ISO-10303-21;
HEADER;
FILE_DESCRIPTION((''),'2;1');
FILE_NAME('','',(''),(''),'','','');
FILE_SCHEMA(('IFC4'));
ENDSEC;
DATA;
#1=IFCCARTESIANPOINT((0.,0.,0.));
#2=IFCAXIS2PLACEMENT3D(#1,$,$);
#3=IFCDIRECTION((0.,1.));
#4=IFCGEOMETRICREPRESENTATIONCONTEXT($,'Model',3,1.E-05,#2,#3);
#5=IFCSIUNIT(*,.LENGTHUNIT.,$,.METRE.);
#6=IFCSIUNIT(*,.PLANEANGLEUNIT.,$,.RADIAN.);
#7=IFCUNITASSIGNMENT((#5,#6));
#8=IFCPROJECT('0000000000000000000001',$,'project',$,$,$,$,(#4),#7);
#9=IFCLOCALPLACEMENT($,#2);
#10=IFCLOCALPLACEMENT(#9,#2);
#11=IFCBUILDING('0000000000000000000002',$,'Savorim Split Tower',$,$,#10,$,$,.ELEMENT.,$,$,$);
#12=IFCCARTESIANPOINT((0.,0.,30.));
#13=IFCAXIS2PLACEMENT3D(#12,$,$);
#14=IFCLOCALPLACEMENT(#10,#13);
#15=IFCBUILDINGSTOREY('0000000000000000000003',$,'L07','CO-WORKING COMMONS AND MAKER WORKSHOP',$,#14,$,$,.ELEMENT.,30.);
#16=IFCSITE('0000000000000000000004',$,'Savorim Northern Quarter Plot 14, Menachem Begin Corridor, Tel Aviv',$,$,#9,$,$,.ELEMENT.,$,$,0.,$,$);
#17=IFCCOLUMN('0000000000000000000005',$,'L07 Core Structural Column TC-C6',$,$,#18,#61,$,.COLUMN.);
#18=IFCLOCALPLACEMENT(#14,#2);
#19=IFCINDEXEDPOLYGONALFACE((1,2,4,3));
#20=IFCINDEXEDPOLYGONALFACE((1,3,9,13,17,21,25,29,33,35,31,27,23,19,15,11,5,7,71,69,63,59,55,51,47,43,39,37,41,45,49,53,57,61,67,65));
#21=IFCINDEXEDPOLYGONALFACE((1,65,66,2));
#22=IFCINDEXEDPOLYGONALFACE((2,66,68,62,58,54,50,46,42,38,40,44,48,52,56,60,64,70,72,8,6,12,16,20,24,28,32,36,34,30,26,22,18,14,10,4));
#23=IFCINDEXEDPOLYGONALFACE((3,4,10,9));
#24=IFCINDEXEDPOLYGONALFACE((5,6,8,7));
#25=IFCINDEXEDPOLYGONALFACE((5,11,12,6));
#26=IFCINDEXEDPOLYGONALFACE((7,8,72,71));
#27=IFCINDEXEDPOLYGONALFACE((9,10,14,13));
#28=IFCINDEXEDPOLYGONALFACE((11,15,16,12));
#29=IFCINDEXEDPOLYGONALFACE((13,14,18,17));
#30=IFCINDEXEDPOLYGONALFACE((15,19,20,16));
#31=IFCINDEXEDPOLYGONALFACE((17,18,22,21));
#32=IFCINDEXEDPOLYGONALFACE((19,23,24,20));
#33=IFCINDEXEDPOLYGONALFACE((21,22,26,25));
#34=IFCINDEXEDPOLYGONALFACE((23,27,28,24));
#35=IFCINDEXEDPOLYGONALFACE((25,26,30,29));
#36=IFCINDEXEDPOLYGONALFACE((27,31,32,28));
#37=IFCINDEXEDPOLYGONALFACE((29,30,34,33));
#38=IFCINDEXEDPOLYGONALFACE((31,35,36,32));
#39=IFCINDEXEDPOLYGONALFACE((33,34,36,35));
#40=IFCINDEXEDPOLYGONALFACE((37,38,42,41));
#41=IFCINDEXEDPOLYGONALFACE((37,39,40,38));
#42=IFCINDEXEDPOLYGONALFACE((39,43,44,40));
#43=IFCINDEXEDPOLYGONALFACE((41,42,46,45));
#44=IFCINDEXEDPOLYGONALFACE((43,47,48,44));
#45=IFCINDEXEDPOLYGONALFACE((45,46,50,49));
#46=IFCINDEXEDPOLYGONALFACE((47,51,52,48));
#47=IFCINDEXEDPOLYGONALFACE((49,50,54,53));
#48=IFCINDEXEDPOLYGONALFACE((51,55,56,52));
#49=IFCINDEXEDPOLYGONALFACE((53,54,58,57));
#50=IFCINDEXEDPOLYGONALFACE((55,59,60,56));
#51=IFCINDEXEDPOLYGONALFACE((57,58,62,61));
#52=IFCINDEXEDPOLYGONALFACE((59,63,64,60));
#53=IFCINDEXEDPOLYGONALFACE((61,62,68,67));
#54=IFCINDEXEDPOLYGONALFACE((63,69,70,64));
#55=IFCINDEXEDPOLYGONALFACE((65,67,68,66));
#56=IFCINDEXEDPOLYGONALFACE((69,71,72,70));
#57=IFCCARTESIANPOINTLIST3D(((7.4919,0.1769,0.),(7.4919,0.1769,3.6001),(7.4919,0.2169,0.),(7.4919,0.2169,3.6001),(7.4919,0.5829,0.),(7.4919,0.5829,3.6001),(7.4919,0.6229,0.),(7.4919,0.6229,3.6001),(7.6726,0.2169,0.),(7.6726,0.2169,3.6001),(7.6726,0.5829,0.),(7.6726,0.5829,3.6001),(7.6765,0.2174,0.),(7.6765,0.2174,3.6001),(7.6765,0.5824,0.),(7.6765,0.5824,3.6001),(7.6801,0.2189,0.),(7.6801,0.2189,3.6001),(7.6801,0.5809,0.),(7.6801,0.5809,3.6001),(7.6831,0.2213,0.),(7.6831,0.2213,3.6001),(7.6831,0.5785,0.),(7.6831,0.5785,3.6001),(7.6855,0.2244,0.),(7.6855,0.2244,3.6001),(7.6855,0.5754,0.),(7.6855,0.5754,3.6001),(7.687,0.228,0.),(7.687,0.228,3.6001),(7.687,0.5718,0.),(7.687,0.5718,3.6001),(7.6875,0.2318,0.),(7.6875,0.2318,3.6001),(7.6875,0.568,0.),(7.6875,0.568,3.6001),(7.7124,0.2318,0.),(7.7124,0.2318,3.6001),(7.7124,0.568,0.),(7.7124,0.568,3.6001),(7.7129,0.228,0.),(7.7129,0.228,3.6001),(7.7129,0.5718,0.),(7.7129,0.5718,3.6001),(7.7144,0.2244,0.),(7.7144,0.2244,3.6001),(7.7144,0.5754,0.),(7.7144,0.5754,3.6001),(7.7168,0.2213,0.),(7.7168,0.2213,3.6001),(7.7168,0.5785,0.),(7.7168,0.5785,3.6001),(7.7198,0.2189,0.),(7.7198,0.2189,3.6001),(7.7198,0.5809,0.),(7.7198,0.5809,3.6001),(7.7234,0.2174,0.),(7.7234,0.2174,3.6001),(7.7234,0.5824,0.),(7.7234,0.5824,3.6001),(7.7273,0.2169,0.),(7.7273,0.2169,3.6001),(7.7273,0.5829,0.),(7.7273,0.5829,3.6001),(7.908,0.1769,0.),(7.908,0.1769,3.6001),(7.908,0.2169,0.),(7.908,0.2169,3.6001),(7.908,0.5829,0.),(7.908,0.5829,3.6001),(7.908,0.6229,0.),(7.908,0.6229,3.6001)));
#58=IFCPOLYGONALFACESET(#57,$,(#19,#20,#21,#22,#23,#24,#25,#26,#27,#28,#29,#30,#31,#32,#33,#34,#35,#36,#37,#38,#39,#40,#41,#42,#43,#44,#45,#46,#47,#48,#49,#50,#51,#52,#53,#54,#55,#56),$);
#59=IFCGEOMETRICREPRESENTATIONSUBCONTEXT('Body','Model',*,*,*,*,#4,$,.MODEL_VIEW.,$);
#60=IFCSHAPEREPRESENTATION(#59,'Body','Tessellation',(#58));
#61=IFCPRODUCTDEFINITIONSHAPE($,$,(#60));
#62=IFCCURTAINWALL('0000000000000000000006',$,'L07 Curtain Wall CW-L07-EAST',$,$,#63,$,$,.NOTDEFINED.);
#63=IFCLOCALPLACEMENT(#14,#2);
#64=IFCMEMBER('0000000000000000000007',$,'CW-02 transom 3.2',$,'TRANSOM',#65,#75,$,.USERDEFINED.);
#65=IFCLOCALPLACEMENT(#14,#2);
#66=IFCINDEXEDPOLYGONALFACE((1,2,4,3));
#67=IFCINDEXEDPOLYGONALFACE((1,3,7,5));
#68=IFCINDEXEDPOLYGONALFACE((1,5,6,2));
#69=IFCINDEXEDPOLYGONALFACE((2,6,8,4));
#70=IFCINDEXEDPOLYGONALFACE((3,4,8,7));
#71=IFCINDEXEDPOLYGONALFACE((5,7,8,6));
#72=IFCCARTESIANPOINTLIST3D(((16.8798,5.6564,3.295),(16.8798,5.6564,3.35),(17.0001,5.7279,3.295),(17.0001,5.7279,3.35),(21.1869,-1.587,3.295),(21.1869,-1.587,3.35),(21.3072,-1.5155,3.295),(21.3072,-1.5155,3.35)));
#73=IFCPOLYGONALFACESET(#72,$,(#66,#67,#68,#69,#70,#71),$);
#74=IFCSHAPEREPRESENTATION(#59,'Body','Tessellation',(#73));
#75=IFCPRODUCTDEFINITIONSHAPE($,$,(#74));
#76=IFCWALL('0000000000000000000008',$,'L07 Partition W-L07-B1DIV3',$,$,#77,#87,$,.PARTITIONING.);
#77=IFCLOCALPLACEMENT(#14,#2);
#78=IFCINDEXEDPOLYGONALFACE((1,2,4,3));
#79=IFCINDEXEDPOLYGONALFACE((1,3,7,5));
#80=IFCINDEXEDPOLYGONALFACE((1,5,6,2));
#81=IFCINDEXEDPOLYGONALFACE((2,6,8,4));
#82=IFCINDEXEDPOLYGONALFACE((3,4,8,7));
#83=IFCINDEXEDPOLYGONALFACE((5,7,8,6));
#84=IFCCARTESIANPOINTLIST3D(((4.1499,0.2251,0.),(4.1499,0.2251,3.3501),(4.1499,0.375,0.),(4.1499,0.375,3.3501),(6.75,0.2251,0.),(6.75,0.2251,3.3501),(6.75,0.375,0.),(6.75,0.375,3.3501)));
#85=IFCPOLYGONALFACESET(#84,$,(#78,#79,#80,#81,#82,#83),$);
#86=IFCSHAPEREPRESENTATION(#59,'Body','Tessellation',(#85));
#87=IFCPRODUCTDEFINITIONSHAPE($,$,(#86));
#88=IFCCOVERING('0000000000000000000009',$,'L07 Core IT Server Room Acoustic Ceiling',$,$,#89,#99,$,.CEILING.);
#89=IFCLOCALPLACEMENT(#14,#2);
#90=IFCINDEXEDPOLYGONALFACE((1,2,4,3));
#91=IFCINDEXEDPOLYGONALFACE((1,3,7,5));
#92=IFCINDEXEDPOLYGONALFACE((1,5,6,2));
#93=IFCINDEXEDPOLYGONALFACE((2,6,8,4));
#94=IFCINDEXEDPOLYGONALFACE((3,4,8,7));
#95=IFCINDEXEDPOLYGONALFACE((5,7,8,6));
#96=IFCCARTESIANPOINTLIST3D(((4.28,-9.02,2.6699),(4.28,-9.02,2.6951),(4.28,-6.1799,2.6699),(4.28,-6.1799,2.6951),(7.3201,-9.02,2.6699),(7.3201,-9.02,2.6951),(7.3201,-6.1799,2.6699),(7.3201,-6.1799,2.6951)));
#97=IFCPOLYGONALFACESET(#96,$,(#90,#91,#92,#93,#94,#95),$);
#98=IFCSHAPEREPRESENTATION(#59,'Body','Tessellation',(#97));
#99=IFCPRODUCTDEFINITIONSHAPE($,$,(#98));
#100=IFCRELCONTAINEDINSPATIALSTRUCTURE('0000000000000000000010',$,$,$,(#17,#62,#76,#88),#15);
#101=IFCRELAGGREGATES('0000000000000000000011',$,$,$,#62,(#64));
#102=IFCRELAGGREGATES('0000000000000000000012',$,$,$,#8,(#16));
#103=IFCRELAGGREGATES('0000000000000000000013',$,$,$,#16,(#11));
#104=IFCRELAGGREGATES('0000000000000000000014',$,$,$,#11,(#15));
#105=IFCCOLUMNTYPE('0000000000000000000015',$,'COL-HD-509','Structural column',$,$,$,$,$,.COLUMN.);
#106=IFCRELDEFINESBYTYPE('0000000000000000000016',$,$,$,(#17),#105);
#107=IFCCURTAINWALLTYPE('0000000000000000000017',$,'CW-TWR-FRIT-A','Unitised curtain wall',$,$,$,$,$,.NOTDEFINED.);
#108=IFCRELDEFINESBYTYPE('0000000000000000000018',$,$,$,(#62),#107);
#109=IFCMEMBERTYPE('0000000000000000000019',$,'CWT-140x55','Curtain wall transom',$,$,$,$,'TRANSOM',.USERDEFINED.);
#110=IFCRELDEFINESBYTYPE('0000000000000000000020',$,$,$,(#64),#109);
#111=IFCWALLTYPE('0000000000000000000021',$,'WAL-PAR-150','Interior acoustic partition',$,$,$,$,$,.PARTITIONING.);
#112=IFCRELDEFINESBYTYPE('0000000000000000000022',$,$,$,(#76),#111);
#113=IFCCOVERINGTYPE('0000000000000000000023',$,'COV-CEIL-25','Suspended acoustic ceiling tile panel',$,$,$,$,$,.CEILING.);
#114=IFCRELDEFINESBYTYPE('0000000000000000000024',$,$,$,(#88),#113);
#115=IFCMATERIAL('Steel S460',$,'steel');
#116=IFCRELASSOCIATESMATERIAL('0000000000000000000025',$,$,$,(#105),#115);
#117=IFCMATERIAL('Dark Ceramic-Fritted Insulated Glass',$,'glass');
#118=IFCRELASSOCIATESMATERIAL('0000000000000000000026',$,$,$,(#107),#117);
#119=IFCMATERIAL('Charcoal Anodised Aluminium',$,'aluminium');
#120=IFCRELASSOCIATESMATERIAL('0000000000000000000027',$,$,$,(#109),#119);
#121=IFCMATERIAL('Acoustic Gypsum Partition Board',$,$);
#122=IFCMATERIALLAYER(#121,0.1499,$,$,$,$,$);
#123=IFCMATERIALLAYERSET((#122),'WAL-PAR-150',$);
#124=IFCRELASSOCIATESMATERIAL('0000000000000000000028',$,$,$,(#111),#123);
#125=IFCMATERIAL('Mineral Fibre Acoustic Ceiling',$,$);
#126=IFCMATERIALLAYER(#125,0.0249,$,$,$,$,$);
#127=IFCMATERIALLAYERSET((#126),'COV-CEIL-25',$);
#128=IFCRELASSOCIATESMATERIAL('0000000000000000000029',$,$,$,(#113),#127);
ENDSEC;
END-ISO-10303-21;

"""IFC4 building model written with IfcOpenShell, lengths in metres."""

from ifc_helpers import new_model, si_unit, direction, frame, frame_2d, origin, origin_2d, place, context, subcontext, project, spatial, polyline, rectangle, i_section, outline, extrude, material, layer, layer_set, material_profile, profile_set, type_object, element, aggregate, save


model = new_model("IFC4")

# Units and contexts
model_context = context("Model", 3, precision=1e-05, world=origin(), true_north=direction((0.0, 1.0)))
body_context = subcontext(model_context, "Body", "Model", "MODEL_VIEW")
ifc_project = project(units=[si_unit("LENGTHUNIT", "METRE"), si_unit("PLANEANGLEUNIT", "RADIAN")], contexts=[model_context])

# Site, building, storey
site_placement = place(None, origin())
site = spatial("IfcSite", under=ifc_project, at=site_placement, Name="Savorim Northern Quarter Plot 14, Menachem Begin Corridor, Tel Aviv", CompositionType="ELEMENT", RefElevation=0.0)
building_placement = place(site_placement, origin())
building = spatial("IfcBuilding", under=site, at=building_placement, Name="Savorim Split Tower", CompositionType="ELEMENT")
storey_placement = place(building_placement, frame((0.0, 0.0, 30.0)))
storey = spatial("IfcBuildingStorey", under=building, at=storey_placement, Name="L07", Description="CO-WORKING COMMONS AND MAKER WORKSHOP", CompositionType="ELEMENT", Elevation=30.0)

# Column
ifc_material_1 = material(Name="Steel S460", Category="steel")
ifc_material_profile_1 = material_profile(ifc_material_1, i_section(OverallWidth=0.416, OverallDepth=0.446, WebThickness=0.0249, FlangeThickness=0.04, FilletRadius=0.0149, at=origin_2d()), Name="HD 400x509")
ifc_profile_set_1 = profile_set([ifc_material_profile_1], Name="Steel S460")
column_type = type_object("IfcColumnType", Name="COL-HD-509", Description="Structural column", PredefinedType="COLUMN", material=ifc_profile_set_1)
column_placement = place(storey_placement, frame((7.7, 0.3999, 0.0), z_axis=(0.0, 0.0, 1.0), x_axis=(1.0, 0.0, 0.0)))
element("IfcColumn", 1, at=column_placement, inside=storey, type_object=column_type, Name="L07 Core Structural Column TC-C6", PredefinedType="COLUMN", context=body_context, shape_type="SweptSolid", body=[
    extrude(i_section(OverallWidth=0.416, OverallDepth=0.446, WebThickness=0.0249, FlangeThickness=0.04, FilletRadius=0.0149, at=origin_2d()), origin(), (0.0, 0.0, 1.0), 3.6001),
])

# Curtain wall, member
ifc_material_2 = material(Name="Dark Ceramic-Fritted Insulated Glass", Category="glass")
curtain_wall_type = type_object("IfcCurtainWallType", Name="CW-TWR-FRIT-A", Description="Unitised curtain wall", PredefinedType="NOTDEFINED", material=ifc_material_2)
curtain_wall_placement = place(storey_placement, origin())
curtain_wall = element("IfcCurtainWall", 2, at=curtain_wall_placement, inside=storey, type_object=curtain_wall_type, Name="L07 Curtain Wall CW-L07-EAST", PredefinedType="NOTDEFINED")
ifc_material_3 = material(Name="Charcoal Anodised Aluminium", Category="aluminium")
ifc_material_profile_2 = material_profile(ifc_material_3, rectangle(XDim=0.1399, YDim=0.0549, at=origin_2d()), Name="ALU-T 140x55")
ifc_profile_set_2 = profile_set([ifc_material_profile_2], Name="Charcoal Anodised Aluminium")
member_type = type_object("IfcMemberType", Name="CWT-140x55", Description="Curtain wall transom", ElementType="TRANSOM", PredefinedType="USERDEFINED", material=ifc_profile_set_2)
member_placement = place(storey_placement, frame((21.2471, -1.5513, 3.3225), z_axis=(-0.511096, 0.859524, 0.0), x_axis=(-0.859524, -0.511096, 0.0)))
member = element("IfcMember", 3, at=member_placement, type_object=member_type, Name="CW-02 transom 3.2", ObjectType="TRANSOM", PredefinedType="USERDEFINED", context=body_context, shape_type="SweptSolid", body=[
    extrude(rectangle(XDim=0.1399, YDim=0.0549, at=origin_2d()), origin(), (0.0, 0.0, 1.0), 8.4272),
])
aggregate(curtain_wall, [member])

# Wall
ifc_material_4 = material(Name="Acoustic Gypsum Partition Board")
ifc_layer_1 = layer(ifc_material_4, 0.1499)
ifc_layer_set_1 = layer_set([ifc_layer_1], Name="WAL-PAR-150")
wall_type = type_object("IfcWallType", Name="WAL-PAR-150", Description="Interior acoustic partition", PredefinedType="PARTITIONING", material=ifc_layer_set_1)
wall_placement = place(storey_placement, frame((4.1499, 0.3, 0.0), z_axis=(0.0, 0.0, 1.0), x_axis=(1.0, 0.0, 0.0)))
element("IfcWall", 4, at=wall_placement, inside=storey, type_object=wall_type, Name="L07 Partition W-L07-B1DIV3", PredefinedType="PARTITIONING", context=body_context, shape_type="SweptSolid", body=[
    extrude(rectangle(XDim=2.6001, YDim=0.1499, at=frame_2d((1.3, 0.0))), origin(), (0.0, 0.0, 1.0), 3.3501),
])

# Covering
ifc_material_5 = material(Name="Mineral Fibre Acoustic Ceiling")
ifc_layer_2 = layer(ifc_material_5, 0.0249)
ifc_layer_set_2 = layer_set([ifc_layer_2], Name="COV-CEIL-25")
covering_type_1 = type_object("IfcCoveringType", Name="COV-CEIL-25", Description="Suspended acoustic ceiling tile panel", PredefinedType="CEILING", material=ifc_layer_set_2)
covering_1_placement = place(storey_placement, frame((0.0, 0.0, 2.6699)))
element("IfcCovering", 5, at=covering_1_placement, inside=storey, type_object=covering_type_1, Name="L07 Core IT Server Room Acoustic Ceiling", PredefinedType="CEILING", context=body_context, shape_type="SweptSolid", body=[
    extrude(outline(polyline([(4.28, -6.1799), (4.28, -9.02), (7.3201, -9.02), (7.3201, -6.1799), (4.28, -6.1799)])), origin(), (0.0, 0.0, 1.0), 0.0251),
])

save(model, "model.ifc")
